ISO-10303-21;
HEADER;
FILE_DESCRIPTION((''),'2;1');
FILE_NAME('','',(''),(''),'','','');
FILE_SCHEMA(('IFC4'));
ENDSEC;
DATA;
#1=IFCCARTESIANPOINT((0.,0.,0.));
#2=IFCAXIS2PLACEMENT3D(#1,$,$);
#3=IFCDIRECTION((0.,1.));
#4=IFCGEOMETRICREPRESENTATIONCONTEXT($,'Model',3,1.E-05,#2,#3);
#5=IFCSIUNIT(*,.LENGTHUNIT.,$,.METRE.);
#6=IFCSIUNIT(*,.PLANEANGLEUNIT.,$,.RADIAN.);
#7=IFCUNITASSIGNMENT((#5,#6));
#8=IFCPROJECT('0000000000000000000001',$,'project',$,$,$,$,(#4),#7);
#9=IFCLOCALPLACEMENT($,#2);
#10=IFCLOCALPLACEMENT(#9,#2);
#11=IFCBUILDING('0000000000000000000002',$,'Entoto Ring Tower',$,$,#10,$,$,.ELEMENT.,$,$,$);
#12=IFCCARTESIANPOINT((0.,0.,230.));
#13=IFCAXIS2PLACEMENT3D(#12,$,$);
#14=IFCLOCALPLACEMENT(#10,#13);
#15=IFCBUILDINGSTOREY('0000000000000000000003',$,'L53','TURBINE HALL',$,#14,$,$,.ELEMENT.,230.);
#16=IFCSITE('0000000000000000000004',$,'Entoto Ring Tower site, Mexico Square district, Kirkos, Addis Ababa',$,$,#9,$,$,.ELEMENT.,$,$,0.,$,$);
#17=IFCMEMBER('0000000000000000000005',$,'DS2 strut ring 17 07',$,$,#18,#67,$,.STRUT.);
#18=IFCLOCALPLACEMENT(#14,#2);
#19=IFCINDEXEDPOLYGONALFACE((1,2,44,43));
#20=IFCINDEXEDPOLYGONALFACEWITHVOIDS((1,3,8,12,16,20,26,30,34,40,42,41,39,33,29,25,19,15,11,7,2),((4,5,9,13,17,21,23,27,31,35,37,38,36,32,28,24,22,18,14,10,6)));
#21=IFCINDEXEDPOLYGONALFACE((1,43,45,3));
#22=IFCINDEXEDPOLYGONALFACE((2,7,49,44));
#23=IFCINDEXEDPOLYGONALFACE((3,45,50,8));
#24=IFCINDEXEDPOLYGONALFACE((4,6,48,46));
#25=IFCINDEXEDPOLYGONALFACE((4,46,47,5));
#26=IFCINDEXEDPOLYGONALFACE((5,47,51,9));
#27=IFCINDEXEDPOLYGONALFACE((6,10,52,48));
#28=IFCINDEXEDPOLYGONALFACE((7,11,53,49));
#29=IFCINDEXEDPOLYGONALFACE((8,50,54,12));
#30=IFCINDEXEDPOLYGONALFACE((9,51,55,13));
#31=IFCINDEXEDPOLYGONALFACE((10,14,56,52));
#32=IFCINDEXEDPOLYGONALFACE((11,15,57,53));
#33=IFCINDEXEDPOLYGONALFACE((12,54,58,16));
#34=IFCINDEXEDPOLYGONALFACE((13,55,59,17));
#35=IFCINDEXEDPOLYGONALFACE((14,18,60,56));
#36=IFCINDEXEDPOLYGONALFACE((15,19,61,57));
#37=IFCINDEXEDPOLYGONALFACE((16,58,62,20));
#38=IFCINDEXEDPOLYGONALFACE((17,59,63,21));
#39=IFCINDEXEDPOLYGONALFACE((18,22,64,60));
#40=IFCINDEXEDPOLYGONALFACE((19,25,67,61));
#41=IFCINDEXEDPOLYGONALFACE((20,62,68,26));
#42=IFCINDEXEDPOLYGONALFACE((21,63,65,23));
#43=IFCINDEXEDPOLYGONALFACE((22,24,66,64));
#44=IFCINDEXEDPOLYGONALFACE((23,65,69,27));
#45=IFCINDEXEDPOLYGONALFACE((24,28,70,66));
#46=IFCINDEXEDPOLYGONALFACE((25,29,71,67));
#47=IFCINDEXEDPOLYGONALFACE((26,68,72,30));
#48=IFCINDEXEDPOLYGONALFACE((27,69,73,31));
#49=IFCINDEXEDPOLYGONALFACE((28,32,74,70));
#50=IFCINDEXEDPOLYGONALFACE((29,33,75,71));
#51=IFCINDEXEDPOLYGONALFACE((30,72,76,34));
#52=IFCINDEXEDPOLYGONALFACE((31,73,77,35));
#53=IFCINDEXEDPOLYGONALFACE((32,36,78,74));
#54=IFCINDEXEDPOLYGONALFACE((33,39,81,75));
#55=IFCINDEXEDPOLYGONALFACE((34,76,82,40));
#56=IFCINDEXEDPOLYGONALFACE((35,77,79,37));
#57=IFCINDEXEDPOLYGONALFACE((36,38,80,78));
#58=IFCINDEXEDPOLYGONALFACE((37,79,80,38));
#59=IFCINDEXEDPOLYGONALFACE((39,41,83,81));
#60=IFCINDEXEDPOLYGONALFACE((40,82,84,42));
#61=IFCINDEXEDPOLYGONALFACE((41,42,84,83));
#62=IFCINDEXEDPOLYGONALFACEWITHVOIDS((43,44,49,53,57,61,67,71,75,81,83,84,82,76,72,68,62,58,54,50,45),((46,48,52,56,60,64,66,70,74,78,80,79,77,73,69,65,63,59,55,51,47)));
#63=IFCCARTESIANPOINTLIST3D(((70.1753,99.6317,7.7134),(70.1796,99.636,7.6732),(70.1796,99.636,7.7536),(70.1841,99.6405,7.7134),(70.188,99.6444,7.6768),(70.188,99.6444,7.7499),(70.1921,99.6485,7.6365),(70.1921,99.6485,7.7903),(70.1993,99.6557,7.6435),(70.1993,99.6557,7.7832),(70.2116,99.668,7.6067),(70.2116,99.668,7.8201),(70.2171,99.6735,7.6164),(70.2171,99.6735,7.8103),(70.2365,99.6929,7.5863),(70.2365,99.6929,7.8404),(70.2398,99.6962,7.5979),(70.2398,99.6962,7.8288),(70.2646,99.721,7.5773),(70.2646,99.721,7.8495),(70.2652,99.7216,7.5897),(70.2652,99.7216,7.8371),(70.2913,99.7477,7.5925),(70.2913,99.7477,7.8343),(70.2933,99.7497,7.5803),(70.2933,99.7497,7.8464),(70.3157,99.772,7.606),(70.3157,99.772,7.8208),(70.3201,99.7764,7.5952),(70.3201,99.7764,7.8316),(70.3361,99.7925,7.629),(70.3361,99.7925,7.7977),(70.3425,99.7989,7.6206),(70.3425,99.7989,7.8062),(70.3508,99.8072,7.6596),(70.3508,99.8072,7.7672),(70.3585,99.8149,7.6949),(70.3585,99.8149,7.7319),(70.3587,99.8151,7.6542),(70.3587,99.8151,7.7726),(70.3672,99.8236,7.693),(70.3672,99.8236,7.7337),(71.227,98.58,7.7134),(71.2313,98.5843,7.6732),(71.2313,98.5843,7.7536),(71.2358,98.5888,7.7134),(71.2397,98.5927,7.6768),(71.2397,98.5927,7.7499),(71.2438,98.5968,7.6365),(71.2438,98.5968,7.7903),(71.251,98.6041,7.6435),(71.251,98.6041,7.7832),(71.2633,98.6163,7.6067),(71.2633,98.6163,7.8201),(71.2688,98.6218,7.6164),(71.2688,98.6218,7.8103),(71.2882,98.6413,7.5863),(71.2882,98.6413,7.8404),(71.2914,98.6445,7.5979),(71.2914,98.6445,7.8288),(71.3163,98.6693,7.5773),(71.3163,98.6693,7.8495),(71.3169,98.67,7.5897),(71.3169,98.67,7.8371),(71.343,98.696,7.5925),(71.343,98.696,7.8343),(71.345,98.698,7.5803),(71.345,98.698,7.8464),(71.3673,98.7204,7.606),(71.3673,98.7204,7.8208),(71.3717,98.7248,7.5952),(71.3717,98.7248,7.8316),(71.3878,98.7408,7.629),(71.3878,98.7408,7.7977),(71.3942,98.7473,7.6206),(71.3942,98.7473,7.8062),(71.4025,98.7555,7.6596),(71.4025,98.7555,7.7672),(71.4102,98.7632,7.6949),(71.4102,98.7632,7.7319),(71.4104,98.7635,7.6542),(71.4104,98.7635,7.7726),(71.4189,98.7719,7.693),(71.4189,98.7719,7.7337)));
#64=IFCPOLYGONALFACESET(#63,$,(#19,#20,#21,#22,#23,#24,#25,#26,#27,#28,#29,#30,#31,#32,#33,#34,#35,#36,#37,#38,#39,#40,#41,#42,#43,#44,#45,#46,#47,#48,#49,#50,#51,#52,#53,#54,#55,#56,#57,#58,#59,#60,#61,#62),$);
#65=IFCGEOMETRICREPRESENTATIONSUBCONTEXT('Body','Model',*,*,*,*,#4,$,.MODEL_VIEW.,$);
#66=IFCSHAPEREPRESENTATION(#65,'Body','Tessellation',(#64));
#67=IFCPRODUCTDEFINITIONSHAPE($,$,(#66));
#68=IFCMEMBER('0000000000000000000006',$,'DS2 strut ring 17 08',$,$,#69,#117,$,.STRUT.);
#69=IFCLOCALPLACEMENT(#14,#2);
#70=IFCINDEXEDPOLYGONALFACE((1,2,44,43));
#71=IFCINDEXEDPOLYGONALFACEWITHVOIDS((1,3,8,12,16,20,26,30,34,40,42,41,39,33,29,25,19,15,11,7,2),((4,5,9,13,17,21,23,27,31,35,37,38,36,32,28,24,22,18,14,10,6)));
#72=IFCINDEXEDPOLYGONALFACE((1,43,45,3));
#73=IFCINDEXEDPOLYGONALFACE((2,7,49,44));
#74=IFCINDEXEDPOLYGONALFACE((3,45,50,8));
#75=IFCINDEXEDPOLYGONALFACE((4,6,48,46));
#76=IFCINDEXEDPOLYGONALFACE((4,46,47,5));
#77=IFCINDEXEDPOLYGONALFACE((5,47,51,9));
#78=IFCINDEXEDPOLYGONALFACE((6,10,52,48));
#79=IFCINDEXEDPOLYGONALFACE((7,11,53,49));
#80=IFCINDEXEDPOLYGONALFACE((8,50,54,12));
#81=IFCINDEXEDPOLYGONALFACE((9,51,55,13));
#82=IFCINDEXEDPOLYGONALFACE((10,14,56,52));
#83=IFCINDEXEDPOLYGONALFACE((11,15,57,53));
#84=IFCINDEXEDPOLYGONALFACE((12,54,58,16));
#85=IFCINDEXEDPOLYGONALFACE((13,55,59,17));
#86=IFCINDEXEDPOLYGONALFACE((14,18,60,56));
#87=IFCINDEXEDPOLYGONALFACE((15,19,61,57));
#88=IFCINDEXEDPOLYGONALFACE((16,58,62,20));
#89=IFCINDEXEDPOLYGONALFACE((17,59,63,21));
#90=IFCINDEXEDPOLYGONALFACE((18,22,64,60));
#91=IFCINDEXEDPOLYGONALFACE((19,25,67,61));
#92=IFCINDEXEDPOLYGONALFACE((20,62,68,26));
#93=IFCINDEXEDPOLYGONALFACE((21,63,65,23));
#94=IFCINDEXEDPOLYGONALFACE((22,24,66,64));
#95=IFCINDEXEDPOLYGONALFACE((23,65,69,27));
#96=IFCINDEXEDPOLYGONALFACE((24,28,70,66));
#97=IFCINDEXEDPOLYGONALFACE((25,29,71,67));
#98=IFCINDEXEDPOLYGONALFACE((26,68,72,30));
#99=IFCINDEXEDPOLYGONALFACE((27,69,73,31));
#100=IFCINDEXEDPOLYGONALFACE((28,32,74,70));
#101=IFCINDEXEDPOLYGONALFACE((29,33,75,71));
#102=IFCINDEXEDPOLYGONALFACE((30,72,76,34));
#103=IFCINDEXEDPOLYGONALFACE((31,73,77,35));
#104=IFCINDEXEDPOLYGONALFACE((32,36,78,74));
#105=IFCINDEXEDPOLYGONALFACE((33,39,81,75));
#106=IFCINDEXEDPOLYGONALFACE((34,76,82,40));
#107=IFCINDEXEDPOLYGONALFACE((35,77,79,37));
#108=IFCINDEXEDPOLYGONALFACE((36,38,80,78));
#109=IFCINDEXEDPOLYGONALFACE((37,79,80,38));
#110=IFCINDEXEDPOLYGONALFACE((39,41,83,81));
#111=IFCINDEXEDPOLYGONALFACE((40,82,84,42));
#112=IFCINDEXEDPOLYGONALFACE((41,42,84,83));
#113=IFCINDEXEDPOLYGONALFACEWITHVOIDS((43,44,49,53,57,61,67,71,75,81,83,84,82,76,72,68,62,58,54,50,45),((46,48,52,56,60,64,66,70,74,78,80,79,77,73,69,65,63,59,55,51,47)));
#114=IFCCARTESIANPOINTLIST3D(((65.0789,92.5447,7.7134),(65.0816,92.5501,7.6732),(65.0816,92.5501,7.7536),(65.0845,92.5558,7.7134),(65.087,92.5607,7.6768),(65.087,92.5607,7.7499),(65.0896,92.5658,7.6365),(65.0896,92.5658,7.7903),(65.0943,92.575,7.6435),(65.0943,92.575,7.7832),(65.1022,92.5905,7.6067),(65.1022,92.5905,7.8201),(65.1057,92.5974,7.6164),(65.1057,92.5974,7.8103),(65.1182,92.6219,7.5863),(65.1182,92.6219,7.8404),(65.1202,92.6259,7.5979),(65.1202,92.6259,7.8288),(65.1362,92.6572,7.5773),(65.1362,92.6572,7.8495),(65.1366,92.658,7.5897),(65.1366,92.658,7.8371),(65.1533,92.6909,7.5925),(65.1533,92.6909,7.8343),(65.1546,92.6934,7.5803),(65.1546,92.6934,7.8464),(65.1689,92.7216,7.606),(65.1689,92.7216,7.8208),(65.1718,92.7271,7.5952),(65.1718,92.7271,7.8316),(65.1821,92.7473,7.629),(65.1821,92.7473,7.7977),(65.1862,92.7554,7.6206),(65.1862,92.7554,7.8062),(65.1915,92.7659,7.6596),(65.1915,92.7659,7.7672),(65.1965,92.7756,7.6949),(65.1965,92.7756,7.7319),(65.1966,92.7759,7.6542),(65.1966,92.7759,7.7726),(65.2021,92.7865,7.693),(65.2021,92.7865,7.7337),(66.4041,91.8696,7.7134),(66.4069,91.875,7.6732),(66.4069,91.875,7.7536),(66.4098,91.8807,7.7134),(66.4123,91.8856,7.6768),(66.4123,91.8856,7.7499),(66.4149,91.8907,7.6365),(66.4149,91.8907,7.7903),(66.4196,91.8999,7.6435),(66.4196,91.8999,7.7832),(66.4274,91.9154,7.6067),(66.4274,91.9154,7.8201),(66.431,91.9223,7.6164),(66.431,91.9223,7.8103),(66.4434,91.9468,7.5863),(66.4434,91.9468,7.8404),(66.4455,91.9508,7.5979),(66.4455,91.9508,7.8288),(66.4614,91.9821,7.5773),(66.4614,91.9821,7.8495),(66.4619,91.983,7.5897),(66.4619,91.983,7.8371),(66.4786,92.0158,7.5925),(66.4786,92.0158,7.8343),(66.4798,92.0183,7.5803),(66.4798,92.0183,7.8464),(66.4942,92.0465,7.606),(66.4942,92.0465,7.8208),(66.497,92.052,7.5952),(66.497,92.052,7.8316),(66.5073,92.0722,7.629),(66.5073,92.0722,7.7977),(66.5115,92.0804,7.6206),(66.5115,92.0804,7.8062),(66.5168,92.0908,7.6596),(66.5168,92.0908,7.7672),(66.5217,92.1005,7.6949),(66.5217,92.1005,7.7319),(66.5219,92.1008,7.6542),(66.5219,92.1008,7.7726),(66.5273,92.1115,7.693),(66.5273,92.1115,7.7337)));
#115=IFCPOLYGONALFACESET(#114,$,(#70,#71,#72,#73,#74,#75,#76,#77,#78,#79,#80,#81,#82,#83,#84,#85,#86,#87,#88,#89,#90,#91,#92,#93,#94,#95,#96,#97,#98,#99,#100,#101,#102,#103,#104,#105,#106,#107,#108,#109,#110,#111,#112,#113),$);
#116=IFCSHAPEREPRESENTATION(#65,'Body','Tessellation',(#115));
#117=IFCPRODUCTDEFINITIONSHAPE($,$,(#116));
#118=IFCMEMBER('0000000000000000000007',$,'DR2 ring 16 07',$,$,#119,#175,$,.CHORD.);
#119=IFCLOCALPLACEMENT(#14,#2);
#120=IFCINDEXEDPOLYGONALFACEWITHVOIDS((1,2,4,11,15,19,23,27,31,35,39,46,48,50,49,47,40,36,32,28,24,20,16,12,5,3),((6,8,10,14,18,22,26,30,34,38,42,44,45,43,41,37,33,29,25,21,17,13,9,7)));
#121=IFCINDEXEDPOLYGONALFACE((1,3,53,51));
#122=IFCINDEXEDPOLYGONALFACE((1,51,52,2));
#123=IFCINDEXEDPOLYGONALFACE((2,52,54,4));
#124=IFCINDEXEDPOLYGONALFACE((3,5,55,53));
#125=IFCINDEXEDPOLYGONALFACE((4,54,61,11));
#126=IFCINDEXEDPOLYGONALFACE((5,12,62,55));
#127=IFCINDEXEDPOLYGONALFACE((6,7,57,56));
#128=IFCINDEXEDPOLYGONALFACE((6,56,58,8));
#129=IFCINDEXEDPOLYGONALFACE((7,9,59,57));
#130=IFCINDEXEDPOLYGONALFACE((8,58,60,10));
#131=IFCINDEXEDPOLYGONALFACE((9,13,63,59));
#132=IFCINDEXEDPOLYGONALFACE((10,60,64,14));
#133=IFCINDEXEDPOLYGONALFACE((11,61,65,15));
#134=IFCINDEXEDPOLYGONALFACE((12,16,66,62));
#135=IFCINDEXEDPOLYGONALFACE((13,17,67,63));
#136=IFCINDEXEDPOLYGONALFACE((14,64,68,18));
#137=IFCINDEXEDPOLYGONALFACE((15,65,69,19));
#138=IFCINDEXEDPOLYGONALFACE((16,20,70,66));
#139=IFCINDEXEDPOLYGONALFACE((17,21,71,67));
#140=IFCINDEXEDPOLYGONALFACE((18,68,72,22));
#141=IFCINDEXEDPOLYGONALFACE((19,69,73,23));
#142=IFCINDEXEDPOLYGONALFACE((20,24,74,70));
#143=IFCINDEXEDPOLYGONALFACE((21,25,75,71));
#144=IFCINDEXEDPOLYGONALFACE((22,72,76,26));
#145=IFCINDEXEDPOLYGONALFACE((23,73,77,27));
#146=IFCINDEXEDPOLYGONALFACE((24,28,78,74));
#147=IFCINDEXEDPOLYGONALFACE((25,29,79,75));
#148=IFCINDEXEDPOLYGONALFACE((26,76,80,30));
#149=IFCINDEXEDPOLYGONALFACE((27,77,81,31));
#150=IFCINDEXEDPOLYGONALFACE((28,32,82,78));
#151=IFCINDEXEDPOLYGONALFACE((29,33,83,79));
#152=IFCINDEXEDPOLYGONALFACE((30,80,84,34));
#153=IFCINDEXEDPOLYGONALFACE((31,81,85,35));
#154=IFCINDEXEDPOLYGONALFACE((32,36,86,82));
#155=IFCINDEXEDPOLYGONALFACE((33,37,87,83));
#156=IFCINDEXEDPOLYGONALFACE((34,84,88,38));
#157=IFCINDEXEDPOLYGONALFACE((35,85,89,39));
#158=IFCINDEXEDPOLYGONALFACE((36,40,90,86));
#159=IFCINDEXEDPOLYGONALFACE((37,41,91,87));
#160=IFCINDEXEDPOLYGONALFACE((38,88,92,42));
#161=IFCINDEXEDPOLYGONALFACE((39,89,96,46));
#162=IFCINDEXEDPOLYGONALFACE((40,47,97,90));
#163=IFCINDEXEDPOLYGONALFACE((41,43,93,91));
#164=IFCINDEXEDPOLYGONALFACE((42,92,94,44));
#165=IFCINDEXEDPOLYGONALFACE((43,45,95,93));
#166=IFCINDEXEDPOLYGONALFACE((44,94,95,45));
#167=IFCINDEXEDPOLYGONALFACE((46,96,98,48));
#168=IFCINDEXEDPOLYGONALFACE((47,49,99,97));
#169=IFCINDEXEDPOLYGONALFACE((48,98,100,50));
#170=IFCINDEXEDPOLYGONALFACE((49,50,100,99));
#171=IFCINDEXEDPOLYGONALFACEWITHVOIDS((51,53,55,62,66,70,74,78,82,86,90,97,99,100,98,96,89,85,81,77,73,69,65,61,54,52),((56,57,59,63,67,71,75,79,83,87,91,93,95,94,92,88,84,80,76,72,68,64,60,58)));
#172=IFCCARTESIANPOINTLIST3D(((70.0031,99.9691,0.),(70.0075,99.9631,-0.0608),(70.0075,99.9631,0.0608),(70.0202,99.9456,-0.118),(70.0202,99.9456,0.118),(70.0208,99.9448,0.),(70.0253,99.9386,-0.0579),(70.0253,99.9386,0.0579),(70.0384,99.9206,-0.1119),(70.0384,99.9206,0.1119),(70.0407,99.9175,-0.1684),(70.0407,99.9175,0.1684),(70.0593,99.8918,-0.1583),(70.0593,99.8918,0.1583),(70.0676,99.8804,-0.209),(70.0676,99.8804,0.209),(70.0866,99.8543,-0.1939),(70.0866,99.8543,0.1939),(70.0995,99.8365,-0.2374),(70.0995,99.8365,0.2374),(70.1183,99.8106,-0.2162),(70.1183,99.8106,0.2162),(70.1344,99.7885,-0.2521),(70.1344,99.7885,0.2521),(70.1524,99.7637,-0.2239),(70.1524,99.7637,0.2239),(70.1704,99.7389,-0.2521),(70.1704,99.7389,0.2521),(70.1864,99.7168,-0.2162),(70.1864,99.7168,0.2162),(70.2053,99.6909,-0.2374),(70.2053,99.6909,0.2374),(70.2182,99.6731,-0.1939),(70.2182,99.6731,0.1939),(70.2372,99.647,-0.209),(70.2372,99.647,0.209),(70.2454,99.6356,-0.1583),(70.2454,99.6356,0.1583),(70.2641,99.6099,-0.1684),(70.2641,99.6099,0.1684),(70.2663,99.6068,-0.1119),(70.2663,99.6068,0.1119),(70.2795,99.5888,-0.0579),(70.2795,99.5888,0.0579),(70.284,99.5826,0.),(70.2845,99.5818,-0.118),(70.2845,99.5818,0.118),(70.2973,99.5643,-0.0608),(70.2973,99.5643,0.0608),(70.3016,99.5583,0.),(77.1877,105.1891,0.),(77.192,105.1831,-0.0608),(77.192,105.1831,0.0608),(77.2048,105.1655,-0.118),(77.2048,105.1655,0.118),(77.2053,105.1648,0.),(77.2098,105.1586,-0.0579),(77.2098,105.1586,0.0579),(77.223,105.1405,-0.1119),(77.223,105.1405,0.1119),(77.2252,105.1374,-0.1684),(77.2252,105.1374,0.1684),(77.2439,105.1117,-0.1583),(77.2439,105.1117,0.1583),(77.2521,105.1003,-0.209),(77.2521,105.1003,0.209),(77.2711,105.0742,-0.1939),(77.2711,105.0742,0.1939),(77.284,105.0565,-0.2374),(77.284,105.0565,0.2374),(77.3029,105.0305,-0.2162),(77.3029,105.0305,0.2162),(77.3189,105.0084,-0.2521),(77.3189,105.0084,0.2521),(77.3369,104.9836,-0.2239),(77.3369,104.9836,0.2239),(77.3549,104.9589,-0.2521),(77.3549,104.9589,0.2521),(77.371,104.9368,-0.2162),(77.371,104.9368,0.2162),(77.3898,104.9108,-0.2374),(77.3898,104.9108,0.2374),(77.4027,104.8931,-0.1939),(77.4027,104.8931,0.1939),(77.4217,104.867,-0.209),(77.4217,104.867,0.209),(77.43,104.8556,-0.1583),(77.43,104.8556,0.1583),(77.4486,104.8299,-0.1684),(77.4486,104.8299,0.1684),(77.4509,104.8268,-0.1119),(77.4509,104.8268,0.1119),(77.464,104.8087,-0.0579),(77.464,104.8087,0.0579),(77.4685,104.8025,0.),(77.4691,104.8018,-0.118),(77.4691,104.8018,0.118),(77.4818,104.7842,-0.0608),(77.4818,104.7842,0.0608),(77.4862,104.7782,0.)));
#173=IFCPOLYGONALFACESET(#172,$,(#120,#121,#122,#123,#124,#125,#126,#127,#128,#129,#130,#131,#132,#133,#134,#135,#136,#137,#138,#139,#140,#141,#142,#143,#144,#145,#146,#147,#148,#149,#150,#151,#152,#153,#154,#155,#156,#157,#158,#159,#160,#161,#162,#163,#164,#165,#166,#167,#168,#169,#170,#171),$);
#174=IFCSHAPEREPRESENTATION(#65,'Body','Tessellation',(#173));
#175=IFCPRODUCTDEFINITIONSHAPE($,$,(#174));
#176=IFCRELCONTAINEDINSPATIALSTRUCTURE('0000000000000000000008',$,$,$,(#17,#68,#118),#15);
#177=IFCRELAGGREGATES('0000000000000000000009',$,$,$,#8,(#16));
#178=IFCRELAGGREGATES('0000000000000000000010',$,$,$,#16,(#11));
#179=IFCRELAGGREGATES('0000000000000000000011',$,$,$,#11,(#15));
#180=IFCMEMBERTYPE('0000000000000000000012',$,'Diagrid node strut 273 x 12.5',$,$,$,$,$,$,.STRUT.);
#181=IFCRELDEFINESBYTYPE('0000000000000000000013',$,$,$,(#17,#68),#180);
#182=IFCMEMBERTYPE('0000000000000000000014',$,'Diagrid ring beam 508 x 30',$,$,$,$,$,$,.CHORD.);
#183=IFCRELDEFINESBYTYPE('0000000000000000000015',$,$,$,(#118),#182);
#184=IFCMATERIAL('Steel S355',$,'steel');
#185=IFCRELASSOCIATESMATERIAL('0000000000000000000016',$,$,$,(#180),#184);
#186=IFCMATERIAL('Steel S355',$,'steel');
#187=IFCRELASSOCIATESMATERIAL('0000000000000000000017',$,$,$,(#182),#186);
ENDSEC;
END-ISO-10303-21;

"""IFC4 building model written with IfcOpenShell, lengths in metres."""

from ifc_helpers import new_model, si_unit, direction, frame, origin, origin_2d, place, context, subcontext, project, spatial, circle, hollow_circle, extrude, material, material_profile, profile_set, type_object, element, save


model = new_model("IFC4")

# Units and contexts
model_context = context("Model", 3, precision=1e-05, world=origin(), true_north=direction((0.0, 1.0)))
body_context = subcontext(model_context, "Body", "Model", "MODEL_VIEW")
ifc_project = project(units=[si_unit("LENGTHUNIT", "METRE"), si_unit("PLANEANGLEUNIT", "RADIAN")], contexts=[model_context])

# Site, building, storey
site_placement = place(None, origin())
site = spatial("IfcSite", under=ifc_project, at=site_placement, Name="Entoto Ring Tower site, Mexico Square district, Kirkos, Addis Ababa", CompositionType="ELEMENT", RefElevation=0.0)
building_placement = place(site_placement, origin())
building = spatial("IfcBuilding", under=site, at=building_placement, Name="Entoto Ring Tower", CompositionType="ELEMENT")
storey_placement = place(building_placement, frame((0.0, 0.0, 230.0)))
storey = spatial("IfcBuildingStorey", under=building, at=storey_placement, Name="L53", Description="TURBINE HALL", CompositionType="ELEMENT", Elevation=230.0)

# Members
ifc_material_1 = material(Name="Steel S355", Category="steel")
ifc_material_profile_1 = material_profile(ifc_material_1, hollow_circle(Radius=0.1365, WallThickness=0.0125, at=origin_2d()), Name="CHS 273 x 12.5")
ifc_material_2 = material(Name="Concrete C60/75", Category="concrete")
ifc_material_profile_2 = material_profile(ifc_material_2, circle(Radius=0.124, at=origin_2d()), Name="Concrete C60/75 infill")
ifc_profile_set_1 = profile_set([ifc_material_profile_1, ifc_material_profile_2], Name="Steel S355")
member_type_1 = type_object("IfcMemberType", Name="Diagrid node strut 273 x 12.5", PredefinedType="STRUT", material=ifc_profile_set_1)
for number, where, z_axis, x_axis, name in (
    (1, (71.3235, 98.6765, 7.7134), (-0.707107, 0.707107, 0.0), (-0.707107, -0.707107, 0.0), "DS2 strut ring 17 07"),
    (2, (66.4661, 91.9912, 7.7134), (-0.891053, 0.453899, 0.0), (-0.453899, -0.891053, 0.0), "DS2 strut ring 17 08"),
):
    element("IfcMember", number, at=place(storey_placement, frame(where, z_axis=z_axis, x_axis=x_axis)), inside=storey, type_object=member_type_1, Name=name, PredefinedType="STRUT", context=body_context, shape_type="SweptSolid", body=[
        extrude(hollow_circle(Radius=0.1365, WallThickness=0.0125, at=origin_2d()), origin(), (0.0, 0.0, 1.0), 1.4873),
    ])
ifc_material_3 = material(Name="Steel S355", Category="steel")
ifc_material_profile_3 = material_profile(ifc_material_3, hollow_circle(Radius=0.2539, WallThickness=0.03, at=origin_2d()), Name="CHS 508 x 30")
ifc_material_4 = material(Name="Concrete C60/75", Category="concrete")
ifc_material_profile_4 = material_profile(ifc_material_4, circle(Radius=0.2241, at=origin_2d()), Name="Concrete C60/75 infill")
ifc_profile_set_2 = profile_set([ifc_material_profile_3, ifc_material_profile_4], Name="Steel S355")
member_type_2 = type_object("IfcMemberType", Name="Diagrid ring beam 508 x 30", PredefinedType="CHORD", material=ifc_profile_set_2)
for number, where, z_axis, x_axis, name in (
    (3, (77.3369, 104.9836, 0.0), (-0.809013, -0.587791, 0.0), (0.587791, -0.809013, 0.0), "DR2 ring 16 07"),
):
    element("IfcMember", number, at=place(storey_placement, frame(where, z_axis=z_axis, x_axis=x_axis)), inside=storey, type_object=member_type_2, Name=name, PredefinedType="CHORD", context=body_context, shape_type="SweptSolid", body=[
        extrude(hollow_circle(Radius=0.2539, WallThickness=0.03, at=origin_2d()), origin(), (0.0, 0.0, 1.0), 8.8806),
    ])

save(model, "model.ifc")
